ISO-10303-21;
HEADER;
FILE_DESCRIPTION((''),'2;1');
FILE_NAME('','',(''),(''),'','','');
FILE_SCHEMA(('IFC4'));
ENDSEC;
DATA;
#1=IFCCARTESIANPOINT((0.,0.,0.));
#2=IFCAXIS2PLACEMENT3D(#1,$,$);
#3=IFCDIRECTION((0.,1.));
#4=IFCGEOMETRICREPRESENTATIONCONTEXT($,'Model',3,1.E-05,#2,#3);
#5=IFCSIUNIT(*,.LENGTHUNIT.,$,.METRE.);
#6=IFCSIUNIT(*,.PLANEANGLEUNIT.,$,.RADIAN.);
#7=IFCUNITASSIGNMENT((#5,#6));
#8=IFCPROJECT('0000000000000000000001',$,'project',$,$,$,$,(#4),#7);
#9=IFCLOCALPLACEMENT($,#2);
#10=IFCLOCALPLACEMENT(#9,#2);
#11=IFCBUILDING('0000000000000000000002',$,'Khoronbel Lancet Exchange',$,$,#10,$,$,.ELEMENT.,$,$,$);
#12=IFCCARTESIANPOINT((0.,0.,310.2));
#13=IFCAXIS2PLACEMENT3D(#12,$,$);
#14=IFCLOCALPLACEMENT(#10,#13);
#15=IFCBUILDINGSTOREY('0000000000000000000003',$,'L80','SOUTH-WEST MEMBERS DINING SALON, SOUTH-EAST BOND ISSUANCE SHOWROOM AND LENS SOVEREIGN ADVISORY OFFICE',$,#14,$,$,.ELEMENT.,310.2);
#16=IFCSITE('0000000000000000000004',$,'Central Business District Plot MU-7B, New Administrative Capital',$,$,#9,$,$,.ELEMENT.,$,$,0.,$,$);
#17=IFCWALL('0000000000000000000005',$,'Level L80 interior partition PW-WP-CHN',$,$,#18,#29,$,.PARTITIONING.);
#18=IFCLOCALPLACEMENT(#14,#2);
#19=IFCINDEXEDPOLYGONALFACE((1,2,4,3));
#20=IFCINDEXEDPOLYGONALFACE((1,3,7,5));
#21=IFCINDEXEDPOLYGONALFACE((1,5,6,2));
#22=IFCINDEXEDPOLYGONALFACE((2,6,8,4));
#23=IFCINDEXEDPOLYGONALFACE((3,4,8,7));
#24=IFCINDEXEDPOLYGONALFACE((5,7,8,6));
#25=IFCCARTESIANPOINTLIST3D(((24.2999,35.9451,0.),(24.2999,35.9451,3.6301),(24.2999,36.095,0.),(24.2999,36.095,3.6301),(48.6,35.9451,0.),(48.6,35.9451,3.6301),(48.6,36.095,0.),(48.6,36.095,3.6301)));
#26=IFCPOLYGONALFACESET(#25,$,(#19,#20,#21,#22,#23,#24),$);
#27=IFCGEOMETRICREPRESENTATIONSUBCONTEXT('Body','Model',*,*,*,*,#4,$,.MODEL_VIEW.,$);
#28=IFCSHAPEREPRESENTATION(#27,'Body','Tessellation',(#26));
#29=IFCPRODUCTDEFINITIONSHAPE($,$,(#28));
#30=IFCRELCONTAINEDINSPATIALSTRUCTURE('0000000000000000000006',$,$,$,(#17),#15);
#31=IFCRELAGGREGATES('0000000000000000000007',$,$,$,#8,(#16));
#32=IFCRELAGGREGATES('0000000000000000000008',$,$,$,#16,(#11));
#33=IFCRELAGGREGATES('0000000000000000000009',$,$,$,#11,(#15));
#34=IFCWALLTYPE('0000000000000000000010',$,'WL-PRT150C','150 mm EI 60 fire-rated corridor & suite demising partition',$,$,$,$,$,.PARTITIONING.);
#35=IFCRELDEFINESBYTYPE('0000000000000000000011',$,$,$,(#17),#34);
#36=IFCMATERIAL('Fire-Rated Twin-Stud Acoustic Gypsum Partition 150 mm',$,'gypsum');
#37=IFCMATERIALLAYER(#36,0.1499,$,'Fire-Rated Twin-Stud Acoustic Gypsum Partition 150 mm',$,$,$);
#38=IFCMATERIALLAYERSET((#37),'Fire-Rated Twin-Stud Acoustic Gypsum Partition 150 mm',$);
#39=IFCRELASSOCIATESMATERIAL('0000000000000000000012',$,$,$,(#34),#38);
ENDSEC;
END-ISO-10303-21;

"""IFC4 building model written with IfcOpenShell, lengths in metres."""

from ifc_helpers import new_model, si_unit, direction, frame, frame_2d, origin, place, context, subcontext, project, spatial, rectangle, extrude, material, layer, layer_set, type_object, element, save


model = new_model("IFC4")

# Units and contexts
model_context = context("Model", 3, precision=1e-05, world=origin(), true_north=direction((0.0, 1.0)))
body_context = subcontext(model_context, "Body", "Model", "MODEL_VIEW")
ifc_project = project(units=[si_unit("LENGTHUNIT", "METRE"), si_unit("PLANEANGLEUNIT", "RADIAN")], contexts=[model_context])

# Site, building, storey
site_placement = place(None, origin())
site = spatial("IfcSite", under=ifc_project, at=site_placement, Name="Central Business District Plot MU-7B, New Administrative Capital", CompositionType="ELEMENT", RefElevation=0.0)
building_placement = place(site_placement, origin())
building = spatial("IfcBuilding", under=site, at=building_placement, Name="Khoronbel Lancet Exchange", CompositionType="ELEMENT")
storey_placement = place(building_placement, frame((0.0, 0.0, 310.2)))
storey = spatial("IfcBuildingStorey", under=building, at=storey_placement, Name="L80", Description="SOUTH-WEST MEMBERS DINING SALON, SOUTH-EAST BOND ISSUANCE SHOWROOM AND LENS SOVEREIGN ADVISORY OFFICE", CompositionType="ELEMENT", Elevation=310.2)

# Shared definitions
ifc_material_1 = material(Name="Fire-Rated Twin-Stud Acoustic Gypsum Partition 150 mm", Category="gypsum")
ifc_layer_1 = layer(ifc_material_1, 0.1499, Name="Fire-Rated Twin-Stud Acoustic Gypsum Partition 150 mm")
ifc_layer_set_1 = layer_set([ifc_layer_1], Name="Fire-Rated Twin-Stud Acoustic Gypsum Partition 150 mm")
wall_type_1 = type_object("IfcWallType", Name="WL-PRT150C", Description="150 mm EI 60 fire-rated corridor & suite demising partition", PredefinedType="PARTITIONING", material=ifc_layer_set_1)

# Wall
wall_1_placement = place(storey_placement, frame((24.3, 36.02, 0.0), z_axis=(0.0, 0.0, 1.0), x_axis=(1.0, 0.0, 0.0)))
element("IfcWall", 1, at=wall_1_placement, inside=storey, type_object=wall_type_1, Name="Level L80 interior partition PW-WP-CHN", PredefinedType="PARTITIONING", context=body_context, shape_type="SweptSolid", body=[
    extrude(rectangle(XDim=24.3, YDim=0.1499, at=frame_2d((12.1499, 0.0))), origin(), (0.0, 0.0, 1.0), 3.6301),
])

save(model, "model.ifc")
